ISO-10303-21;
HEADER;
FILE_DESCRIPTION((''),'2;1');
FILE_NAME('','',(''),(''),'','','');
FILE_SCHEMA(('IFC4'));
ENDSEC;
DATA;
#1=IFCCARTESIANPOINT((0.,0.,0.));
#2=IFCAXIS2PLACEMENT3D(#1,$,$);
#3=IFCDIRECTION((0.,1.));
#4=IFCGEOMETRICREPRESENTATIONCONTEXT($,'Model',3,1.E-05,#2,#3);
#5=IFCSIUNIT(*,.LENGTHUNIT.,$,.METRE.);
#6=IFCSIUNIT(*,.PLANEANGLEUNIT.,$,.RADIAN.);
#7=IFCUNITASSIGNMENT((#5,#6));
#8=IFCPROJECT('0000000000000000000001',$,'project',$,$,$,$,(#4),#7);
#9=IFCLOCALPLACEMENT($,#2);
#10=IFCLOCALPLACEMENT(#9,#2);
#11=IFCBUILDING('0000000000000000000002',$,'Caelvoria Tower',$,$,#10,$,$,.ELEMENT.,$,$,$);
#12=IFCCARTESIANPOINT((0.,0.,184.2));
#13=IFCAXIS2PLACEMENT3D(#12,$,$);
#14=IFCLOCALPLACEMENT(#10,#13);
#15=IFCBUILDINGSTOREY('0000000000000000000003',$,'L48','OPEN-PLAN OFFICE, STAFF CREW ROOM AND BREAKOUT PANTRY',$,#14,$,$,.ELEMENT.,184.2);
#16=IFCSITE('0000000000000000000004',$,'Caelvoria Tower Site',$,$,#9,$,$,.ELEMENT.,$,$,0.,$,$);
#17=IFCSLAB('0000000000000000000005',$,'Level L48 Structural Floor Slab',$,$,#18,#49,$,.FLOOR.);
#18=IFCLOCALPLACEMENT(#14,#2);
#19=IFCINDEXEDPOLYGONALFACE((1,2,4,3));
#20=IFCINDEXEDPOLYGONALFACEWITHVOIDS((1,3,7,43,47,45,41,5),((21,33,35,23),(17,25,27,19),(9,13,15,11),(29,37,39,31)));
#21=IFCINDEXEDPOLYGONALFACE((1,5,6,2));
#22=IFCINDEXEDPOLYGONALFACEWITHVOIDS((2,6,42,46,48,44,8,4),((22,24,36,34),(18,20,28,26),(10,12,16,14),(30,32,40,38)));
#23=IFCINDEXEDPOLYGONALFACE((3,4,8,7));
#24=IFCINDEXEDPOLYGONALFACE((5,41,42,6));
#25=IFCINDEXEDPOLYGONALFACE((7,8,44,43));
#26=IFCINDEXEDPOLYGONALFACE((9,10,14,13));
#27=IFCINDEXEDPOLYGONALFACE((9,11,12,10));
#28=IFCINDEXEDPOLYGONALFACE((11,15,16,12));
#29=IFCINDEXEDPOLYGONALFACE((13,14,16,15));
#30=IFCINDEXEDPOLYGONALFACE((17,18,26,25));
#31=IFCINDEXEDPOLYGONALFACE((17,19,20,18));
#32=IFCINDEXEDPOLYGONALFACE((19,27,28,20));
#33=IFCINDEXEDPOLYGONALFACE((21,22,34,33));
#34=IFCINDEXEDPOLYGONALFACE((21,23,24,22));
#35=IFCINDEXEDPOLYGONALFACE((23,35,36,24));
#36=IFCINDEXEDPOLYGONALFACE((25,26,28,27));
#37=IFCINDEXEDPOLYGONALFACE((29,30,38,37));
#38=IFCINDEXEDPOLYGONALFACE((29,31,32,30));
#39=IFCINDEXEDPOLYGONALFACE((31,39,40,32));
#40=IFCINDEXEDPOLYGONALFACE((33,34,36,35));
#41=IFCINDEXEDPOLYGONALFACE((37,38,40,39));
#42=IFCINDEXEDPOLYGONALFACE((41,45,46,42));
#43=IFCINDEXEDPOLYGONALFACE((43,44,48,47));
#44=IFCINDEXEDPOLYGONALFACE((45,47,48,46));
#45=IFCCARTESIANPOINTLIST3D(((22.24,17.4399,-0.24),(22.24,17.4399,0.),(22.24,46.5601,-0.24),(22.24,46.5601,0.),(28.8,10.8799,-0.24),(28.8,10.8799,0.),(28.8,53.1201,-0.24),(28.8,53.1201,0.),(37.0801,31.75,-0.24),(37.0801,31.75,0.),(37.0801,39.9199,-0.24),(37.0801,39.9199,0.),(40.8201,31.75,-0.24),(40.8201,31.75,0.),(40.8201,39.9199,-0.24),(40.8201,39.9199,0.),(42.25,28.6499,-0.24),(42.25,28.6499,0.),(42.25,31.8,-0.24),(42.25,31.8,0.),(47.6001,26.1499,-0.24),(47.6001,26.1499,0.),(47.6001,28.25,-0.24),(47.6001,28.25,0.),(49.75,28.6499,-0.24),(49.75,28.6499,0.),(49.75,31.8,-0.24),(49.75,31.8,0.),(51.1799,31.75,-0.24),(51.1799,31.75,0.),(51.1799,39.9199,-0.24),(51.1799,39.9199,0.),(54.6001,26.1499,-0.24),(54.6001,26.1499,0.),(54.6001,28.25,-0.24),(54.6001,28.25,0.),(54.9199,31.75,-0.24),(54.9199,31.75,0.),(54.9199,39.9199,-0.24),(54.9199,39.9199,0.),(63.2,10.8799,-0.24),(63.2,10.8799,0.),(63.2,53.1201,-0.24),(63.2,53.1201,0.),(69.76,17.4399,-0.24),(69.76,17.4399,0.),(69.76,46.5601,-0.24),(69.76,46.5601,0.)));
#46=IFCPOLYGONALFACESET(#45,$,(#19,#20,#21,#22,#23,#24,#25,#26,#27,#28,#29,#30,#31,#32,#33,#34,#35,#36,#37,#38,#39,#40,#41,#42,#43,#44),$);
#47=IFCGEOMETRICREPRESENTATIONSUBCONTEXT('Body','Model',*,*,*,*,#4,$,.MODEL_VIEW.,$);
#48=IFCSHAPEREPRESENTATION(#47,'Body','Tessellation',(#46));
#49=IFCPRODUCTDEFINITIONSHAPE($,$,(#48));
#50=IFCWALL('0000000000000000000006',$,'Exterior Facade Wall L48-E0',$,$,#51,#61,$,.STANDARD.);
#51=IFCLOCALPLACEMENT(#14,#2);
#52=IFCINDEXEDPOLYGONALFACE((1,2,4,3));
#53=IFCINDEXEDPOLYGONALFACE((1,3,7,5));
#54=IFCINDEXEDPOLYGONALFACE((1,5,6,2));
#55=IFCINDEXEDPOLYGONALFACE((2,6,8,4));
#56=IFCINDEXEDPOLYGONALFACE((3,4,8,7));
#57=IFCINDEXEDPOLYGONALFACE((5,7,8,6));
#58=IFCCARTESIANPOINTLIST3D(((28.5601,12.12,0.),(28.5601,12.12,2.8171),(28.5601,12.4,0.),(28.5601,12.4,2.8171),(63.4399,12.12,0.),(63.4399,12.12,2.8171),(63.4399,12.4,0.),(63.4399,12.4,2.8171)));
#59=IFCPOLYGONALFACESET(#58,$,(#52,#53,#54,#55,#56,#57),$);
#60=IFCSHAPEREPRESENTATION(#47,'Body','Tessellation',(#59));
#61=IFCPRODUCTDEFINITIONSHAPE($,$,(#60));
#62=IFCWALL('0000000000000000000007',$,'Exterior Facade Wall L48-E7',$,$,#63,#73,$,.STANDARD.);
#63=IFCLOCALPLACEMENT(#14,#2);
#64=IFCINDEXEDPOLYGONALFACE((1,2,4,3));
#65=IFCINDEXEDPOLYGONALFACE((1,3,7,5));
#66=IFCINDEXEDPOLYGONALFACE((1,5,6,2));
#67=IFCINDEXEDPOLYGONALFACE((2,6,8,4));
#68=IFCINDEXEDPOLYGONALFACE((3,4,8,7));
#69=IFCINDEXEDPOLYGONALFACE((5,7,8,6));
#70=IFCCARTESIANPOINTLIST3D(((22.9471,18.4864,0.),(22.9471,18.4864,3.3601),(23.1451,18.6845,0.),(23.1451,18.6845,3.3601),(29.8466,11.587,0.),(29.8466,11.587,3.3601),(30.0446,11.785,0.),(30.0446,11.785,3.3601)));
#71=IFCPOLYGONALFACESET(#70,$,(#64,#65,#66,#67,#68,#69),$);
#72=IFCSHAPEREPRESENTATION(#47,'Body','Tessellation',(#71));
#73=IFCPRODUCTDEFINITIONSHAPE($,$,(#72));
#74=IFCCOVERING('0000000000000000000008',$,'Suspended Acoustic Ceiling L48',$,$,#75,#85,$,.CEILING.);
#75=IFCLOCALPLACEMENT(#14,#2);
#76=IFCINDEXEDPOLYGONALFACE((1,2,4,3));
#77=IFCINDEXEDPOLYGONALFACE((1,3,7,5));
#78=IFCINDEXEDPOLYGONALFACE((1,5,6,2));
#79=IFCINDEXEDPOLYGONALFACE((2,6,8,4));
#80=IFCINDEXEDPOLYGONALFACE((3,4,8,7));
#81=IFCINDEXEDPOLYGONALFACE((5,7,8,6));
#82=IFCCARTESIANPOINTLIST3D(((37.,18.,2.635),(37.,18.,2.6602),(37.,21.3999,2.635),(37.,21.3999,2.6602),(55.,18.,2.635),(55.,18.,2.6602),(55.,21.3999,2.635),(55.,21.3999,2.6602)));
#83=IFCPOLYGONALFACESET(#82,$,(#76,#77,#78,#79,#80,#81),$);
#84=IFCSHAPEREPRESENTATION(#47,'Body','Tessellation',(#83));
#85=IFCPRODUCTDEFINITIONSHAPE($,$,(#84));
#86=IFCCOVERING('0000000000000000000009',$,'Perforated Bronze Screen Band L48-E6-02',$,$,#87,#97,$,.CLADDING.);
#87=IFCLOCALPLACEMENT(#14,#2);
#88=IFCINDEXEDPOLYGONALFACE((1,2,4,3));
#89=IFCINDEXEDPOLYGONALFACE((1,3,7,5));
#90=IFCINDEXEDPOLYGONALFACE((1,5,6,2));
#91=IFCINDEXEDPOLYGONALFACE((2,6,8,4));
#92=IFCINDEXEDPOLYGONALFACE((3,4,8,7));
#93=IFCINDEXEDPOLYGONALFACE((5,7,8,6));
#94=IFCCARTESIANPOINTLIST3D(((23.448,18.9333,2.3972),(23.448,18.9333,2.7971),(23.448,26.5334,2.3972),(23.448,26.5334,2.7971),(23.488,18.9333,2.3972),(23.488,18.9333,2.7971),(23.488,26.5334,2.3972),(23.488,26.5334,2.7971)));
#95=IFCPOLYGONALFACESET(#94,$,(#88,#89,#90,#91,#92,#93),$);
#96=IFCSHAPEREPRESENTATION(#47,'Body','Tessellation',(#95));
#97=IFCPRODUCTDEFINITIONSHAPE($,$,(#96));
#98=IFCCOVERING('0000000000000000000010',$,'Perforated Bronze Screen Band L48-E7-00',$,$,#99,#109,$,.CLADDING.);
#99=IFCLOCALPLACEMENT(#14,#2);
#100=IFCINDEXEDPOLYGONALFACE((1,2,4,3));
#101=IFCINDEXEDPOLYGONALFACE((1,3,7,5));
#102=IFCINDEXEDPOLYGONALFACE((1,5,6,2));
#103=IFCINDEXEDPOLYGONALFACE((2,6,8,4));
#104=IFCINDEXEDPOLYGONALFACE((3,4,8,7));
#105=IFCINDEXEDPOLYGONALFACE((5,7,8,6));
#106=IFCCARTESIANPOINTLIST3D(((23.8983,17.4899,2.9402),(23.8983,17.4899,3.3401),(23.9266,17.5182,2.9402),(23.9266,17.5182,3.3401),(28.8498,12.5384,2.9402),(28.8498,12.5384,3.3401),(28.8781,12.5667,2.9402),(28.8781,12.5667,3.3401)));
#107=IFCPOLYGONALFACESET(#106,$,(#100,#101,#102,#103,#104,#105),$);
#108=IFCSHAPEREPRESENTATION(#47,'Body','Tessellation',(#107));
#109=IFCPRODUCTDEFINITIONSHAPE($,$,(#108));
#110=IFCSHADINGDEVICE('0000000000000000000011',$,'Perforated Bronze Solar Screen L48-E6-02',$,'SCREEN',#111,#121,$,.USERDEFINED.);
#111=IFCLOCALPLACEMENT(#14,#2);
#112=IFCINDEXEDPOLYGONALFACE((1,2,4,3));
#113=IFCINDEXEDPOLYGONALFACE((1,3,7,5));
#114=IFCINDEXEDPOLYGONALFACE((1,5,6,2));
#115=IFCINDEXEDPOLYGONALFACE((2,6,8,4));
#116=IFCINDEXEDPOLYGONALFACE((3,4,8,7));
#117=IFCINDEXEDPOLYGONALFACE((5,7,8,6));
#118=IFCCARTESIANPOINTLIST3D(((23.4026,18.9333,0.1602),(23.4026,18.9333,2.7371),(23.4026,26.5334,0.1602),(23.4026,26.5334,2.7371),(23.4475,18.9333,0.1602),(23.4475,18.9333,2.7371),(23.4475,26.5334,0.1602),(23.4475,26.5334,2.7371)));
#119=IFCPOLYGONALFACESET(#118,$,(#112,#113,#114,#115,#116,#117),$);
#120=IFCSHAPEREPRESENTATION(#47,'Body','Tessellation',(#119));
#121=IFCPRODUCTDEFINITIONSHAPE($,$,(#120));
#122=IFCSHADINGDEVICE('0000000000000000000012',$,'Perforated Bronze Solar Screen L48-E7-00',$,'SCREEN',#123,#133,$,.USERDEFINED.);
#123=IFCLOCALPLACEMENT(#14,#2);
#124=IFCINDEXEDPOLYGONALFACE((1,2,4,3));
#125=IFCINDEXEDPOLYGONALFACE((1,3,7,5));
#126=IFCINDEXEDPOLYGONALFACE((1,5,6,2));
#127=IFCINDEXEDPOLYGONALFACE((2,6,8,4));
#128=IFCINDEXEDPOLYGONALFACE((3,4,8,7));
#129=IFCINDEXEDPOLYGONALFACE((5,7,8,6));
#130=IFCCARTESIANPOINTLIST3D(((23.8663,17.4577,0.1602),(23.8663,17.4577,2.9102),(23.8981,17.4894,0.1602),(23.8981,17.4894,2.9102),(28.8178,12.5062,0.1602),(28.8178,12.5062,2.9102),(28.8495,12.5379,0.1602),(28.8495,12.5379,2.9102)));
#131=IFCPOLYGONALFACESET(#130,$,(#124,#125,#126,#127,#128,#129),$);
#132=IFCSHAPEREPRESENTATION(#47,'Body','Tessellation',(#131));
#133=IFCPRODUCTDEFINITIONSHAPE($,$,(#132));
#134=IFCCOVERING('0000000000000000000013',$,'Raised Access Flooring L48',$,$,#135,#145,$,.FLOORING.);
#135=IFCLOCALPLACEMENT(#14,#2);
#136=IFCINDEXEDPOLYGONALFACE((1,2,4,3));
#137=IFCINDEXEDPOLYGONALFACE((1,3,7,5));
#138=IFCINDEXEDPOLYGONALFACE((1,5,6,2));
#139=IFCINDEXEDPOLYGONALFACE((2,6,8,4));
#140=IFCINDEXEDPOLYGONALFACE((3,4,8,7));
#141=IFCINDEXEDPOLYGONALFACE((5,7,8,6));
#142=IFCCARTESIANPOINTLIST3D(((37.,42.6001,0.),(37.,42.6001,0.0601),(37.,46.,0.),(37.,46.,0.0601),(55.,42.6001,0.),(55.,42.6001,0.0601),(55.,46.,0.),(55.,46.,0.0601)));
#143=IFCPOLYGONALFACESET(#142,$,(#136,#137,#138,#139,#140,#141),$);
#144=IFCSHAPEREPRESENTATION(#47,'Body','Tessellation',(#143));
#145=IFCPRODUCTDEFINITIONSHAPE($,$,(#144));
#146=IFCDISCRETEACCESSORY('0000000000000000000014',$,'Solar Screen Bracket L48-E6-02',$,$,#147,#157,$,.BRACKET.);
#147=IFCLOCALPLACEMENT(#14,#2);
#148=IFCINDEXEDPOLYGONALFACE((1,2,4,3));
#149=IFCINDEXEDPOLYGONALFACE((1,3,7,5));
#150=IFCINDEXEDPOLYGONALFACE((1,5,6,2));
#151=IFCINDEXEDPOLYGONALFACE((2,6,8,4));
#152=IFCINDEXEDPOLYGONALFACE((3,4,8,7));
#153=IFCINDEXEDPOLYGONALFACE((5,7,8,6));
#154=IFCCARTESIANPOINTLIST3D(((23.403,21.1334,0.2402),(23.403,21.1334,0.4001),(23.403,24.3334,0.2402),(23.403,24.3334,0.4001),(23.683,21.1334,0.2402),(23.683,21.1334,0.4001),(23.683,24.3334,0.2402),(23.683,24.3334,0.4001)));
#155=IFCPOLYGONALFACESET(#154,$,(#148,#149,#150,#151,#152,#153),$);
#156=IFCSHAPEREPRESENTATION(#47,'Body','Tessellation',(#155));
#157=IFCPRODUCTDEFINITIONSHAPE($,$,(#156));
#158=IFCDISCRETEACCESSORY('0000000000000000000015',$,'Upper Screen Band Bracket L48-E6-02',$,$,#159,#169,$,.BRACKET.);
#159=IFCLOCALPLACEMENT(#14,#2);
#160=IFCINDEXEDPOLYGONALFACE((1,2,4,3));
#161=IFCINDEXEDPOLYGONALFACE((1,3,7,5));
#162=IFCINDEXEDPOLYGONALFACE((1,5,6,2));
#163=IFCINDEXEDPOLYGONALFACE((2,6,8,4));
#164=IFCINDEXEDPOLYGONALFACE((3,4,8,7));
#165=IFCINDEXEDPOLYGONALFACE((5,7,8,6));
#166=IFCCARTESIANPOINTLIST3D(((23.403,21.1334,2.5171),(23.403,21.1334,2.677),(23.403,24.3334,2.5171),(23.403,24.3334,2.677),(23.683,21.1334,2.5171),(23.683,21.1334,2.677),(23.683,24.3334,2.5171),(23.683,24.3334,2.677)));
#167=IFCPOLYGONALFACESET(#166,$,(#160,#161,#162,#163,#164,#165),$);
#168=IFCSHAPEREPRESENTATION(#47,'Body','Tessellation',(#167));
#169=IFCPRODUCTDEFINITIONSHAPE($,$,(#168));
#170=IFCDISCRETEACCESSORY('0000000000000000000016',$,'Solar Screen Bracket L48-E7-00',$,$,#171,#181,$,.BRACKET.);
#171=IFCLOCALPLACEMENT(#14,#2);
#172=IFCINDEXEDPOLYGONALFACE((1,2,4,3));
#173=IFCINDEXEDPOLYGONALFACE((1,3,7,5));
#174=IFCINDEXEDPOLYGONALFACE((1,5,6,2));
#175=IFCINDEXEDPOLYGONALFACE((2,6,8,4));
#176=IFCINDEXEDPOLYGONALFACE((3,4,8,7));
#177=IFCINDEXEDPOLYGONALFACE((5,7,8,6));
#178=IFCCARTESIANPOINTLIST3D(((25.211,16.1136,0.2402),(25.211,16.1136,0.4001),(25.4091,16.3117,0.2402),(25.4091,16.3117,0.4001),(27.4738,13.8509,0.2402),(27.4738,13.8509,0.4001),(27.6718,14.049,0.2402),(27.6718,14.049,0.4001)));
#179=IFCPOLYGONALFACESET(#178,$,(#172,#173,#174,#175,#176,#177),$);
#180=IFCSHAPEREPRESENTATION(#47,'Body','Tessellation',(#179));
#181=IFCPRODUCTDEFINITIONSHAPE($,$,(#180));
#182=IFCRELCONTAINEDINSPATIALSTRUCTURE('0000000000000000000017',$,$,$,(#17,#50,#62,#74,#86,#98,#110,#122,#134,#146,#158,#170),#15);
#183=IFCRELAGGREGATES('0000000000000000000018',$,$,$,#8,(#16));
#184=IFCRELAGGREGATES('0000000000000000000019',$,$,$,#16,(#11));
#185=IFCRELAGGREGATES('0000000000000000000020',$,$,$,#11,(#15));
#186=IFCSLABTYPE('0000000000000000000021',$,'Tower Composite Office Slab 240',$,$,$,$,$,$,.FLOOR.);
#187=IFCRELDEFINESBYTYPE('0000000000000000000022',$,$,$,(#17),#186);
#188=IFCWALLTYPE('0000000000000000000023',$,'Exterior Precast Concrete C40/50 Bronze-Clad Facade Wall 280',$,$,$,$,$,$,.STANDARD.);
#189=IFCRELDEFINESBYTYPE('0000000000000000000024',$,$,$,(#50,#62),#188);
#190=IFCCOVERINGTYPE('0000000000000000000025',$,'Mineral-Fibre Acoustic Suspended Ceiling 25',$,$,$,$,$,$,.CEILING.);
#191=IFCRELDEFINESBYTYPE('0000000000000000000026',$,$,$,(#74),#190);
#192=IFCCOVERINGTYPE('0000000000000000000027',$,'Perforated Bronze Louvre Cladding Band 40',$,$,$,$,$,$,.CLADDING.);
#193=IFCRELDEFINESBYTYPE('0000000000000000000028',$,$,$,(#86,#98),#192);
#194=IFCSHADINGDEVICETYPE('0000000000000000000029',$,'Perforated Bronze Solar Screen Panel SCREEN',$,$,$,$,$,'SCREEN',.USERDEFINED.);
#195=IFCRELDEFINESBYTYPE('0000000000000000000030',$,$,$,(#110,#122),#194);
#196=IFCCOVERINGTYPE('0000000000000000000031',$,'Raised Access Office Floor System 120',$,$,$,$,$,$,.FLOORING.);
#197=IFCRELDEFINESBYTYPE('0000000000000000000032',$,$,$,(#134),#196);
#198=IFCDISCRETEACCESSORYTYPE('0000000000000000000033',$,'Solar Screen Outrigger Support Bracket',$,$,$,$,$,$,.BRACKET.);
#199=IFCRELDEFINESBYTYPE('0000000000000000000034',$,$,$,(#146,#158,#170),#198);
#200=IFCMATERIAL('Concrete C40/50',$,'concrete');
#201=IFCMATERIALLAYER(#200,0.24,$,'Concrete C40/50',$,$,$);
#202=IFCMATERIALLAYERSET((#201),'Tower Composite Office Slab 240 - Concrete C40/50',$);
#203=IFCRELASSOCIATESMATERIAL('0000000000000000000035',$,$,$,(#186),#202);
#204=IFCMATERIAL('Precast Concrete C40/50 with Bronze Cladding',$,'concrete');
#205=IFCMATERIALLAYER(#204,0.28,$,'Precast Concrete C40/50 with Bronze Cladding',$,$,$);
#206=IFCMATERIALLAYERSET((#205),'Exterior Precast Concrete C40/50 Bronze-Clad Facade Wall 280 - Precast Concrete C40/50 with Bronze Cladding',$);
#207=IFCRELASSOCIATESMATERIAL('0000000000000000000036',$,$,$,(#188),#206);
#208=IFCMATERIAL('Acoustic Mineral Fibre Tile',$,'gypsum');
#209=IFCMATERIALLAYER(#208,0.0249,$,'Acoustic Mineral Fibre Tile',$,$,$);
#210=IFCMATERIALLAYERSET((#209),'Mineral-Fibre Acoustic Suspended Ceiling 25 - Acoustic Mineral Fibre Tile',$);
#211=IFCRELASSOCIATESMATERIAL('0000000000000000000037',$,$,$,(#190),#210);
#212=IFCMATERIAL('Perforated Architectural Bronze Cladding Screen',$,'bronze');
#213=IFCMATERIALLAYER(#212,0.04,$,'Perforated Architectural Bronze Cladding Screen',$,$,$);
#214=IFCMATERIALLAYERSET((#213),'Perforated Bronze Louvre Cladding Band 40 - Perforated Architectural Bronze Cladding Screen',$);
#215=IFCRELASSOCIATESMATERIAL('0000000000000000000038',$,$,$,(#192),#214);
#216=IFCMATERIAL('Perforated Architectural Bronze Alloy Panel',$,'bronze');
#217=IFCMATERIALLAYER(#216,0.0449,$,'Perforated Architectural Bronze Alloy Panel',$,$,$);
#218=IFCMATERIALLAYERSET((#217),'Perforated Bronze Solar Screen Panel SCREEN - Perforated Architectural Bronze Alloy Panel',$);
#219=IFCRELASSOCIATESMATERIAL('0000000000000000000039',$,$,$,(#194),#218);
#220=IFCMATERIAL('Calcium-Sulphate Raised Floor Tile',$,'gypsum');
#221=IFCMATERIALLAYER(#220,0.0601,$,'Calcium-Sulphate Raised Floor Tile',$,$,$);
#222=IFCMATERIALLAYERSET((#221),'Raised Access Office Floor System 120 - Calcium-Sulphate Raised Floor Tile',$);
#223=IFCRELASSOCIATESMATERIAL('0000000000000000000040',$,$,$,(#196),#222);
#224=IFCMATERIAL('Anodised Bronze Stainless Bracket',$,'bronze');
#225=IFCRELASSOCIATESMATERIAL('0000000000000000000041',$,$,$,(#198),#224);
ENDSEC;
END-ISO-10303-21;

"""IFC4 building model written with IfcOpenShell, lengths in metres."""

from ifc_helpers import new_model, si_unit, direction, frame, frame_2d, origin, origin_2d, place, context, subcontext, project, spatial, polyline, rectangle, outline, extrude, material, layer, layer_set, type_object, element, save


model = new_model("IFC4")

# Units and contexts
model_context = context("Model", 3, precision=1e-05, world=origin(), true_north=direction((0.0, 1.0)))
body_context = subcontext(model_context, "Body", "Model", "MODEL_VIEW")
ifc_project = project(units=[si_unit("LENGTHUNIT", "METRE"), si_unit("PLANEANGLEUNIT", "RADIAN")], contexts=[model_context])

# Site, building, storey
site_placement = place(None, origin())
site = spatial("IfcSite", under=ifc_project, at=site_placement, Name="Caelvoria Tower Site", CompositionType="ELEMENT", RefElevation=0.0)
building_placement = place(site_placement, origin())
building = spatial("IfcBuilding", under=site, at=building_placement, Name="Caelvoria Tower", CompositionType="ELEMENT")
storey_placement = place(building_placement, frame((0.0, 0.0, 184.2)))
storey = spatial("IfcBuildingStorey", under=building, at=storey_placement, Name="L48", Description="OPEN-PLAN OFFICE, STAFF CREW ROOM AND BREAKOUT PANTRY", CompositionType="ELEMENT", Elevation=184.2)

# Shared definitions
ifc_material_1 = material(Name="Concrete C40/50", Category="concrete")

# Slab
ifc_layer_1 = layer(ifc_material_1, 0.24, Name="Concrete C40/50")
ifc_layer_set_1 = layer_set([ifc_layer_1], Name="Tower Composite Office Slab 240 - Concrete C40/50")
slab_type_1 = type_object("IfcSlabType", Name="Tower Composite Office Slab 240", PredefinedType="FLOOR", material=ifc_layer_set_1)
slab_1_placement = place(storey_placement, frame((0.0, 0.0, -0.24)))
element("IfcSlab", 1, at=slab_1_placement, inside=storey, type_object=slab_type_1, Name="Level L48 Structural Floor Slab", PredefinedType="FLOOR", context=body_context, shape_type="SweptSolid", body=[
    extrude(outline(polyline([(28.8, 10.8799), (63.2, 10.8799), (69.76, 17.4399), (69.76, 46.5601), (63.2, 53.1201), (28.8, 53.1201), (22.24, 46.5601), (22.24, 17.4399), (28.8, 10.8799)]), holes=[polyline([(37.0801, 31.75), (40.8201, 31.75), (40.8201, 39.9199), (37.0801, 39.9199), (37.0801, 31.75)]), polyline([(51.1799, 31.75), (54.9199, 31.75), (54.9199, 39.9199), (51.1799, 39.9199), (51.1799, 31.75)]), polyline([(42.25, 28.6499), (49.75, 28.6499), (49.75, 31.8), (42.25, 31.8), (42.25, 28.6499)]), polyline([(47.6001, 26.1499), (54.6001, 26.1499), (54.6001, 28.25), (47.6001, 28.25), (47.6001, 26.1499)])]), origin(), (0.0, 0.0, 1.0), 0.24),
])

# Walls
ifc_material_2 = material(Name="Precast Concrete C40/50 with Bronze Cladding", Category="concrete")
ifc_layer_2 = layer(ifc_material_2, 0.28, Name="Precast Concrete C40/50 with Bronze Cladding")
ifc_layer_set_2 = layer_set([ifc_layer_2], Name="Exterior Precast Concrete C40/50 Bronze-Clad Facade Wall 280 - Precast Concrete C40/50 with Bronze Cladding")
wall_type = type_object("IfcWallType", Name="Exterior Precast Concrete C40/50 Bronze-Clad Facade Wall 280", PredefinedType="STANDARD", material=ifc_layer_set_2)
wall_1_placement = place(storey_placement, frame((28.5601, 12.26, 0.0), z_axis=(0.0, 0.0, 1.0), x_axis=(1.0, 0.0, 0.0)))
element("IfcWall", 2, at=wall_1_placement, inside=storey, type_object=wall_type, Name="Exterior Facade Wall L48-E0", PredefinedType="STANDARD", context=body_context, shape_type="SweptSolid", body=[
    extrude(rectangle(XDim=34.8799, YDim=0.28, at=frame_2d((17.4399, 0.0))), origin(), (0.0, 0.0, 1.0), 2.8171),
])
wall_2_placement = place(storey_placement, frame((23.0461, 18.5854, 0.0), z_axis=(0.0, 0.0, 1.0), x_axis=(0.707107, -0.707107, 0.0)))
element("IfcWall", 3, at=wall_2_placement, inside=storey, type_object=wall_type, Name="Exterior Facade Wall L48-E7", PredefinedType="STANDARD", context=body_context, shape_type="SweptSolid", body=[
    extrude(rectangle(XDim=9.7573, YDim=0.28, at=frame_2d((4.8787, 0.0))), origin(), (0.0, 0.0, 1.0), 3.3601),
])

# Coverings
ifc_material_3 = material(Name="Acoustic Mineral Fibre Tile", Category="gypsum")
ifc_layer_3 = layer(ifc_material_3, 0.0249, Name="Acoustic Mineral Fibre Tile")
ifc_layer_set_3 = layer_set([ifc_layer_3], Name="Mineral-Fibre Acoustic Suspended Ceiling 25 - Acoustic Mineral Fibre Tile")
covering_type_1 = type_object("IfcCoveringType", Name="Mineral-Fibre Acoustic Suspended Ceiling 25", PredefinedType="CEILING", material=ifc_layer_set_3)
covering_1_placement = place(storey_placement, frame((0.0, 0.0, 2.635)))
element("IfcCovering", 4, at=covering_1_placement, inside=storey, type_object=covering_type_1, Name="Suspended Acoustic Ceiling L48", PredefinedType="CEILING", context=body_context, shape_type="SweptSolid", body=[
    extrude(outline(polyline([(37.0, 18.0), (55.0, 18.0), (55.0, 21.3999), (37.0, 21.3999), (37.0, 18.0)])), origin(), (0.0, 0.0, 1.0), 0.0251),
])
ifc_material_4 = material(Name="Perforated Architectural Bronze Cladding Screen", Category="bronze")
ifc_layer_4 = layer(ifc_material_4, 0.04, Name="Perforated Architectural Bronze Cladding Screen")
ifc_layer_set_4 = layer_set([ifc_layer_4], Name="Perforated Bronze Louvre Cladding Band 40 - Perforated Architectural Bronze Cladding Screen")
covering_type_2 = type_object("IfcCoveringType", Name="Perforated Bronze Louvre Cladding Band 40", PredefinedType="CLADDING", material=ifc_layer_set_4)
covering_2_placement = place(storey_placement, frame((23.468, 22.7334, 2.3972), z_axis=(0.0, 0.0, 1.0), x_axis=(0.0, -1.0, 0.0)))
element("IfcCovering", 5, at=covering_2_placement, inside=storey, type_object=covering_type_2, Name="Perforated Bronze Screen Band L48-E6-02", PredefinedType="CLADDING", context=body_context, shape_type="SweptSolid", body=[
    extrude(rectangle(XDim=7.6001, YDim=0.04, at=origin_2d()), origin(), (0.0, 0.0, 1.0), 0.3999),
])
covering_3_placement = place(storey_placement, frame((26.3882, 15.0283, 2.9402), z_axis=(0.0, 0.0, 1.0), x_axis=(0.707107, -0.707107, 0.0)))
element("IfcCovering", 6, at=covering_3_placement, inside=storey, type_object=covering_type_2, Name="Perforated Bronze Screen Band L48-E7-00", PredefinedType="CLADDING", context=body_context, shape_type="SweptSolid", body=[
    extrude(rectangle(XDim=7.0024, YDim=0.04, at=origin_2d()), origin(), (0.0, 0.0, 1.0), 0.3999),
])

# Shading devices
ifc_material_5 = material(Name="Perforated Architectural Bronze Alloy Panel", Category="bronze")
ifc_layer_5 = layer(ifc_material_5, 0.0449, Name="Perforated Architectural Bronze Alloy Panel")
ifc_layer_set_5 = layer_set([ifc_layer_5], Name="Perforated Bronze Solar Screen Panel SCREEN - Perforated Architectural Bronze Alloy Panel")
shading_device_type = type_object("IfcShadingDeviceType", Name="Perforated Bronze Solar Screen Panel SCREEN", ElementType="SCREEN", PredefinedType="USERDEFINED", material=ifc_layer_set_5)
shading_device_1_placement = place(storey_placement, frame((23.425, 22.7334, 0.1602), z_axis=(0.0, 0.0, 1.0), x_axis=(0.0, -1.0, 0.0)))
element("IfcShadingDevice", 7, at=shading_device_1_placement, inside=storey, type_object=shading_device_type, Name="Perforated Bronze Solar Screen L48-E6-02", ObjectType="SCREEN", PredefinedType="USERDEFINED", context=body_context, shape_type="SweptSolid", body=[
    extrude(rectangle(XDim=7.6001, YDim=0.0449, at=origin_2d()), origin(), (0.0, 0.0, 1.0), 2.5769),
])
shading_device_2_placement = place(storey_placement, frame((26.3579, 14.9978, 0.1602), z_axis=(0.0, 0.0, 1.0), x_axis=(0.707107, -0.707107, 0.0)))
element("IfcShadingDevice", 8, at=shading_device_2_placement, inside=storey, type_object=shading_device_type, Name="Perforated Bronze Solar Screen L48-E7-00", ObjectType="SCREEN", PredefinedType="USERDEFINED", context=body_context, shape_type="SweptSolid", body=[
    extrude(rectangle(XDim=7.0024, YDim=0.0449, at=origin_2d()), origin(), (0.0, 0.0, 1.0), 2.75),
])

# Covering
ifc_material_6 = material(Name="Calcium-Sulphate Raised Floor Tile", Category="gypsum")
ifc_layer_6 = layer(ifc_material_6, 0.0601, Name="Calcium-Sulphate Raised Floor Tile")
ifc_layer_set_6 = layer_set([ifc_layer_6], Name="Raised Access Office Floor System 120 - Calcium-Sulphate Raised Floor Tile")
covering_type_3 = type_object("IfcCoveringType", Name="Raised Access Office Floor System 120", PredefinedType="FLOORING", material=ifc_layer_set_6)
covering_4_placement = place(storey_placement, origin())
element("IfcCovering", 9, at=covering_4_placement, inside=storey, type_object=covering_type_3, Name="Raised Access Flooring L48", PredefinedType="FLOORING", context=body_context, shape_type="SweptSolid", body=[
    extrude(outline(polyline([(37.0, 42.6001), (55.0, 42.6001), (55.0, 46.0), (37.0, 46.0), (37.0, 42.6001)])), origin(), (0.0, 0.0, 1.0), 0.0601),
])

# Discrete accessories
ifc_material_7 = material(Name="Anodised Bronze Stainless Bracket", Category="bronze")
discrete_accessory_type = type_object("IfcDiscreteAccessoryType", Name="Solar Screen Outrigger Support Bracket", PredefinedType="BRACKET", material=ifc_material_7)
for number, where, z_axis, x_axis, name in (
    (10, (23.543, 22.7334, 0.2402), (0.0, 0.0, 1.0), (0.0, -1.0, 0.0), "Solar Screen Bracket L48-E6-02"),
    (11, (23.543, 22.7334, 2.5171), (0.0, 0.0, 1.0), (0.0, -1.0, 0.0), "Upper Screen Band Bracket L48-E6-02"),
    (12, (26.4414, 15.0813, 0.2402), (0.0, 0.0, 1.0), (0.707107, -0.707107, 0.0), "Solar Screen Bracket L48-E7-00"),
):
    element("IfcDiscreteAccessory", number, at=place(storey_placement, frame(where, z_axis=z_axis, x_axis=x_axis)), inside=storey, type_object=discrete_accessory_type, Name=name, PredefinedType="BRACKET", context=body_context, shape_type="SweptSolid", body=[
        extrude(rectangle(XDim=3.2, YDim=0.28, at=origin_2d()), origin(), (0.0, 0.0, 1.0), 0.1599),
    ])

save(model, "model.ifc")
